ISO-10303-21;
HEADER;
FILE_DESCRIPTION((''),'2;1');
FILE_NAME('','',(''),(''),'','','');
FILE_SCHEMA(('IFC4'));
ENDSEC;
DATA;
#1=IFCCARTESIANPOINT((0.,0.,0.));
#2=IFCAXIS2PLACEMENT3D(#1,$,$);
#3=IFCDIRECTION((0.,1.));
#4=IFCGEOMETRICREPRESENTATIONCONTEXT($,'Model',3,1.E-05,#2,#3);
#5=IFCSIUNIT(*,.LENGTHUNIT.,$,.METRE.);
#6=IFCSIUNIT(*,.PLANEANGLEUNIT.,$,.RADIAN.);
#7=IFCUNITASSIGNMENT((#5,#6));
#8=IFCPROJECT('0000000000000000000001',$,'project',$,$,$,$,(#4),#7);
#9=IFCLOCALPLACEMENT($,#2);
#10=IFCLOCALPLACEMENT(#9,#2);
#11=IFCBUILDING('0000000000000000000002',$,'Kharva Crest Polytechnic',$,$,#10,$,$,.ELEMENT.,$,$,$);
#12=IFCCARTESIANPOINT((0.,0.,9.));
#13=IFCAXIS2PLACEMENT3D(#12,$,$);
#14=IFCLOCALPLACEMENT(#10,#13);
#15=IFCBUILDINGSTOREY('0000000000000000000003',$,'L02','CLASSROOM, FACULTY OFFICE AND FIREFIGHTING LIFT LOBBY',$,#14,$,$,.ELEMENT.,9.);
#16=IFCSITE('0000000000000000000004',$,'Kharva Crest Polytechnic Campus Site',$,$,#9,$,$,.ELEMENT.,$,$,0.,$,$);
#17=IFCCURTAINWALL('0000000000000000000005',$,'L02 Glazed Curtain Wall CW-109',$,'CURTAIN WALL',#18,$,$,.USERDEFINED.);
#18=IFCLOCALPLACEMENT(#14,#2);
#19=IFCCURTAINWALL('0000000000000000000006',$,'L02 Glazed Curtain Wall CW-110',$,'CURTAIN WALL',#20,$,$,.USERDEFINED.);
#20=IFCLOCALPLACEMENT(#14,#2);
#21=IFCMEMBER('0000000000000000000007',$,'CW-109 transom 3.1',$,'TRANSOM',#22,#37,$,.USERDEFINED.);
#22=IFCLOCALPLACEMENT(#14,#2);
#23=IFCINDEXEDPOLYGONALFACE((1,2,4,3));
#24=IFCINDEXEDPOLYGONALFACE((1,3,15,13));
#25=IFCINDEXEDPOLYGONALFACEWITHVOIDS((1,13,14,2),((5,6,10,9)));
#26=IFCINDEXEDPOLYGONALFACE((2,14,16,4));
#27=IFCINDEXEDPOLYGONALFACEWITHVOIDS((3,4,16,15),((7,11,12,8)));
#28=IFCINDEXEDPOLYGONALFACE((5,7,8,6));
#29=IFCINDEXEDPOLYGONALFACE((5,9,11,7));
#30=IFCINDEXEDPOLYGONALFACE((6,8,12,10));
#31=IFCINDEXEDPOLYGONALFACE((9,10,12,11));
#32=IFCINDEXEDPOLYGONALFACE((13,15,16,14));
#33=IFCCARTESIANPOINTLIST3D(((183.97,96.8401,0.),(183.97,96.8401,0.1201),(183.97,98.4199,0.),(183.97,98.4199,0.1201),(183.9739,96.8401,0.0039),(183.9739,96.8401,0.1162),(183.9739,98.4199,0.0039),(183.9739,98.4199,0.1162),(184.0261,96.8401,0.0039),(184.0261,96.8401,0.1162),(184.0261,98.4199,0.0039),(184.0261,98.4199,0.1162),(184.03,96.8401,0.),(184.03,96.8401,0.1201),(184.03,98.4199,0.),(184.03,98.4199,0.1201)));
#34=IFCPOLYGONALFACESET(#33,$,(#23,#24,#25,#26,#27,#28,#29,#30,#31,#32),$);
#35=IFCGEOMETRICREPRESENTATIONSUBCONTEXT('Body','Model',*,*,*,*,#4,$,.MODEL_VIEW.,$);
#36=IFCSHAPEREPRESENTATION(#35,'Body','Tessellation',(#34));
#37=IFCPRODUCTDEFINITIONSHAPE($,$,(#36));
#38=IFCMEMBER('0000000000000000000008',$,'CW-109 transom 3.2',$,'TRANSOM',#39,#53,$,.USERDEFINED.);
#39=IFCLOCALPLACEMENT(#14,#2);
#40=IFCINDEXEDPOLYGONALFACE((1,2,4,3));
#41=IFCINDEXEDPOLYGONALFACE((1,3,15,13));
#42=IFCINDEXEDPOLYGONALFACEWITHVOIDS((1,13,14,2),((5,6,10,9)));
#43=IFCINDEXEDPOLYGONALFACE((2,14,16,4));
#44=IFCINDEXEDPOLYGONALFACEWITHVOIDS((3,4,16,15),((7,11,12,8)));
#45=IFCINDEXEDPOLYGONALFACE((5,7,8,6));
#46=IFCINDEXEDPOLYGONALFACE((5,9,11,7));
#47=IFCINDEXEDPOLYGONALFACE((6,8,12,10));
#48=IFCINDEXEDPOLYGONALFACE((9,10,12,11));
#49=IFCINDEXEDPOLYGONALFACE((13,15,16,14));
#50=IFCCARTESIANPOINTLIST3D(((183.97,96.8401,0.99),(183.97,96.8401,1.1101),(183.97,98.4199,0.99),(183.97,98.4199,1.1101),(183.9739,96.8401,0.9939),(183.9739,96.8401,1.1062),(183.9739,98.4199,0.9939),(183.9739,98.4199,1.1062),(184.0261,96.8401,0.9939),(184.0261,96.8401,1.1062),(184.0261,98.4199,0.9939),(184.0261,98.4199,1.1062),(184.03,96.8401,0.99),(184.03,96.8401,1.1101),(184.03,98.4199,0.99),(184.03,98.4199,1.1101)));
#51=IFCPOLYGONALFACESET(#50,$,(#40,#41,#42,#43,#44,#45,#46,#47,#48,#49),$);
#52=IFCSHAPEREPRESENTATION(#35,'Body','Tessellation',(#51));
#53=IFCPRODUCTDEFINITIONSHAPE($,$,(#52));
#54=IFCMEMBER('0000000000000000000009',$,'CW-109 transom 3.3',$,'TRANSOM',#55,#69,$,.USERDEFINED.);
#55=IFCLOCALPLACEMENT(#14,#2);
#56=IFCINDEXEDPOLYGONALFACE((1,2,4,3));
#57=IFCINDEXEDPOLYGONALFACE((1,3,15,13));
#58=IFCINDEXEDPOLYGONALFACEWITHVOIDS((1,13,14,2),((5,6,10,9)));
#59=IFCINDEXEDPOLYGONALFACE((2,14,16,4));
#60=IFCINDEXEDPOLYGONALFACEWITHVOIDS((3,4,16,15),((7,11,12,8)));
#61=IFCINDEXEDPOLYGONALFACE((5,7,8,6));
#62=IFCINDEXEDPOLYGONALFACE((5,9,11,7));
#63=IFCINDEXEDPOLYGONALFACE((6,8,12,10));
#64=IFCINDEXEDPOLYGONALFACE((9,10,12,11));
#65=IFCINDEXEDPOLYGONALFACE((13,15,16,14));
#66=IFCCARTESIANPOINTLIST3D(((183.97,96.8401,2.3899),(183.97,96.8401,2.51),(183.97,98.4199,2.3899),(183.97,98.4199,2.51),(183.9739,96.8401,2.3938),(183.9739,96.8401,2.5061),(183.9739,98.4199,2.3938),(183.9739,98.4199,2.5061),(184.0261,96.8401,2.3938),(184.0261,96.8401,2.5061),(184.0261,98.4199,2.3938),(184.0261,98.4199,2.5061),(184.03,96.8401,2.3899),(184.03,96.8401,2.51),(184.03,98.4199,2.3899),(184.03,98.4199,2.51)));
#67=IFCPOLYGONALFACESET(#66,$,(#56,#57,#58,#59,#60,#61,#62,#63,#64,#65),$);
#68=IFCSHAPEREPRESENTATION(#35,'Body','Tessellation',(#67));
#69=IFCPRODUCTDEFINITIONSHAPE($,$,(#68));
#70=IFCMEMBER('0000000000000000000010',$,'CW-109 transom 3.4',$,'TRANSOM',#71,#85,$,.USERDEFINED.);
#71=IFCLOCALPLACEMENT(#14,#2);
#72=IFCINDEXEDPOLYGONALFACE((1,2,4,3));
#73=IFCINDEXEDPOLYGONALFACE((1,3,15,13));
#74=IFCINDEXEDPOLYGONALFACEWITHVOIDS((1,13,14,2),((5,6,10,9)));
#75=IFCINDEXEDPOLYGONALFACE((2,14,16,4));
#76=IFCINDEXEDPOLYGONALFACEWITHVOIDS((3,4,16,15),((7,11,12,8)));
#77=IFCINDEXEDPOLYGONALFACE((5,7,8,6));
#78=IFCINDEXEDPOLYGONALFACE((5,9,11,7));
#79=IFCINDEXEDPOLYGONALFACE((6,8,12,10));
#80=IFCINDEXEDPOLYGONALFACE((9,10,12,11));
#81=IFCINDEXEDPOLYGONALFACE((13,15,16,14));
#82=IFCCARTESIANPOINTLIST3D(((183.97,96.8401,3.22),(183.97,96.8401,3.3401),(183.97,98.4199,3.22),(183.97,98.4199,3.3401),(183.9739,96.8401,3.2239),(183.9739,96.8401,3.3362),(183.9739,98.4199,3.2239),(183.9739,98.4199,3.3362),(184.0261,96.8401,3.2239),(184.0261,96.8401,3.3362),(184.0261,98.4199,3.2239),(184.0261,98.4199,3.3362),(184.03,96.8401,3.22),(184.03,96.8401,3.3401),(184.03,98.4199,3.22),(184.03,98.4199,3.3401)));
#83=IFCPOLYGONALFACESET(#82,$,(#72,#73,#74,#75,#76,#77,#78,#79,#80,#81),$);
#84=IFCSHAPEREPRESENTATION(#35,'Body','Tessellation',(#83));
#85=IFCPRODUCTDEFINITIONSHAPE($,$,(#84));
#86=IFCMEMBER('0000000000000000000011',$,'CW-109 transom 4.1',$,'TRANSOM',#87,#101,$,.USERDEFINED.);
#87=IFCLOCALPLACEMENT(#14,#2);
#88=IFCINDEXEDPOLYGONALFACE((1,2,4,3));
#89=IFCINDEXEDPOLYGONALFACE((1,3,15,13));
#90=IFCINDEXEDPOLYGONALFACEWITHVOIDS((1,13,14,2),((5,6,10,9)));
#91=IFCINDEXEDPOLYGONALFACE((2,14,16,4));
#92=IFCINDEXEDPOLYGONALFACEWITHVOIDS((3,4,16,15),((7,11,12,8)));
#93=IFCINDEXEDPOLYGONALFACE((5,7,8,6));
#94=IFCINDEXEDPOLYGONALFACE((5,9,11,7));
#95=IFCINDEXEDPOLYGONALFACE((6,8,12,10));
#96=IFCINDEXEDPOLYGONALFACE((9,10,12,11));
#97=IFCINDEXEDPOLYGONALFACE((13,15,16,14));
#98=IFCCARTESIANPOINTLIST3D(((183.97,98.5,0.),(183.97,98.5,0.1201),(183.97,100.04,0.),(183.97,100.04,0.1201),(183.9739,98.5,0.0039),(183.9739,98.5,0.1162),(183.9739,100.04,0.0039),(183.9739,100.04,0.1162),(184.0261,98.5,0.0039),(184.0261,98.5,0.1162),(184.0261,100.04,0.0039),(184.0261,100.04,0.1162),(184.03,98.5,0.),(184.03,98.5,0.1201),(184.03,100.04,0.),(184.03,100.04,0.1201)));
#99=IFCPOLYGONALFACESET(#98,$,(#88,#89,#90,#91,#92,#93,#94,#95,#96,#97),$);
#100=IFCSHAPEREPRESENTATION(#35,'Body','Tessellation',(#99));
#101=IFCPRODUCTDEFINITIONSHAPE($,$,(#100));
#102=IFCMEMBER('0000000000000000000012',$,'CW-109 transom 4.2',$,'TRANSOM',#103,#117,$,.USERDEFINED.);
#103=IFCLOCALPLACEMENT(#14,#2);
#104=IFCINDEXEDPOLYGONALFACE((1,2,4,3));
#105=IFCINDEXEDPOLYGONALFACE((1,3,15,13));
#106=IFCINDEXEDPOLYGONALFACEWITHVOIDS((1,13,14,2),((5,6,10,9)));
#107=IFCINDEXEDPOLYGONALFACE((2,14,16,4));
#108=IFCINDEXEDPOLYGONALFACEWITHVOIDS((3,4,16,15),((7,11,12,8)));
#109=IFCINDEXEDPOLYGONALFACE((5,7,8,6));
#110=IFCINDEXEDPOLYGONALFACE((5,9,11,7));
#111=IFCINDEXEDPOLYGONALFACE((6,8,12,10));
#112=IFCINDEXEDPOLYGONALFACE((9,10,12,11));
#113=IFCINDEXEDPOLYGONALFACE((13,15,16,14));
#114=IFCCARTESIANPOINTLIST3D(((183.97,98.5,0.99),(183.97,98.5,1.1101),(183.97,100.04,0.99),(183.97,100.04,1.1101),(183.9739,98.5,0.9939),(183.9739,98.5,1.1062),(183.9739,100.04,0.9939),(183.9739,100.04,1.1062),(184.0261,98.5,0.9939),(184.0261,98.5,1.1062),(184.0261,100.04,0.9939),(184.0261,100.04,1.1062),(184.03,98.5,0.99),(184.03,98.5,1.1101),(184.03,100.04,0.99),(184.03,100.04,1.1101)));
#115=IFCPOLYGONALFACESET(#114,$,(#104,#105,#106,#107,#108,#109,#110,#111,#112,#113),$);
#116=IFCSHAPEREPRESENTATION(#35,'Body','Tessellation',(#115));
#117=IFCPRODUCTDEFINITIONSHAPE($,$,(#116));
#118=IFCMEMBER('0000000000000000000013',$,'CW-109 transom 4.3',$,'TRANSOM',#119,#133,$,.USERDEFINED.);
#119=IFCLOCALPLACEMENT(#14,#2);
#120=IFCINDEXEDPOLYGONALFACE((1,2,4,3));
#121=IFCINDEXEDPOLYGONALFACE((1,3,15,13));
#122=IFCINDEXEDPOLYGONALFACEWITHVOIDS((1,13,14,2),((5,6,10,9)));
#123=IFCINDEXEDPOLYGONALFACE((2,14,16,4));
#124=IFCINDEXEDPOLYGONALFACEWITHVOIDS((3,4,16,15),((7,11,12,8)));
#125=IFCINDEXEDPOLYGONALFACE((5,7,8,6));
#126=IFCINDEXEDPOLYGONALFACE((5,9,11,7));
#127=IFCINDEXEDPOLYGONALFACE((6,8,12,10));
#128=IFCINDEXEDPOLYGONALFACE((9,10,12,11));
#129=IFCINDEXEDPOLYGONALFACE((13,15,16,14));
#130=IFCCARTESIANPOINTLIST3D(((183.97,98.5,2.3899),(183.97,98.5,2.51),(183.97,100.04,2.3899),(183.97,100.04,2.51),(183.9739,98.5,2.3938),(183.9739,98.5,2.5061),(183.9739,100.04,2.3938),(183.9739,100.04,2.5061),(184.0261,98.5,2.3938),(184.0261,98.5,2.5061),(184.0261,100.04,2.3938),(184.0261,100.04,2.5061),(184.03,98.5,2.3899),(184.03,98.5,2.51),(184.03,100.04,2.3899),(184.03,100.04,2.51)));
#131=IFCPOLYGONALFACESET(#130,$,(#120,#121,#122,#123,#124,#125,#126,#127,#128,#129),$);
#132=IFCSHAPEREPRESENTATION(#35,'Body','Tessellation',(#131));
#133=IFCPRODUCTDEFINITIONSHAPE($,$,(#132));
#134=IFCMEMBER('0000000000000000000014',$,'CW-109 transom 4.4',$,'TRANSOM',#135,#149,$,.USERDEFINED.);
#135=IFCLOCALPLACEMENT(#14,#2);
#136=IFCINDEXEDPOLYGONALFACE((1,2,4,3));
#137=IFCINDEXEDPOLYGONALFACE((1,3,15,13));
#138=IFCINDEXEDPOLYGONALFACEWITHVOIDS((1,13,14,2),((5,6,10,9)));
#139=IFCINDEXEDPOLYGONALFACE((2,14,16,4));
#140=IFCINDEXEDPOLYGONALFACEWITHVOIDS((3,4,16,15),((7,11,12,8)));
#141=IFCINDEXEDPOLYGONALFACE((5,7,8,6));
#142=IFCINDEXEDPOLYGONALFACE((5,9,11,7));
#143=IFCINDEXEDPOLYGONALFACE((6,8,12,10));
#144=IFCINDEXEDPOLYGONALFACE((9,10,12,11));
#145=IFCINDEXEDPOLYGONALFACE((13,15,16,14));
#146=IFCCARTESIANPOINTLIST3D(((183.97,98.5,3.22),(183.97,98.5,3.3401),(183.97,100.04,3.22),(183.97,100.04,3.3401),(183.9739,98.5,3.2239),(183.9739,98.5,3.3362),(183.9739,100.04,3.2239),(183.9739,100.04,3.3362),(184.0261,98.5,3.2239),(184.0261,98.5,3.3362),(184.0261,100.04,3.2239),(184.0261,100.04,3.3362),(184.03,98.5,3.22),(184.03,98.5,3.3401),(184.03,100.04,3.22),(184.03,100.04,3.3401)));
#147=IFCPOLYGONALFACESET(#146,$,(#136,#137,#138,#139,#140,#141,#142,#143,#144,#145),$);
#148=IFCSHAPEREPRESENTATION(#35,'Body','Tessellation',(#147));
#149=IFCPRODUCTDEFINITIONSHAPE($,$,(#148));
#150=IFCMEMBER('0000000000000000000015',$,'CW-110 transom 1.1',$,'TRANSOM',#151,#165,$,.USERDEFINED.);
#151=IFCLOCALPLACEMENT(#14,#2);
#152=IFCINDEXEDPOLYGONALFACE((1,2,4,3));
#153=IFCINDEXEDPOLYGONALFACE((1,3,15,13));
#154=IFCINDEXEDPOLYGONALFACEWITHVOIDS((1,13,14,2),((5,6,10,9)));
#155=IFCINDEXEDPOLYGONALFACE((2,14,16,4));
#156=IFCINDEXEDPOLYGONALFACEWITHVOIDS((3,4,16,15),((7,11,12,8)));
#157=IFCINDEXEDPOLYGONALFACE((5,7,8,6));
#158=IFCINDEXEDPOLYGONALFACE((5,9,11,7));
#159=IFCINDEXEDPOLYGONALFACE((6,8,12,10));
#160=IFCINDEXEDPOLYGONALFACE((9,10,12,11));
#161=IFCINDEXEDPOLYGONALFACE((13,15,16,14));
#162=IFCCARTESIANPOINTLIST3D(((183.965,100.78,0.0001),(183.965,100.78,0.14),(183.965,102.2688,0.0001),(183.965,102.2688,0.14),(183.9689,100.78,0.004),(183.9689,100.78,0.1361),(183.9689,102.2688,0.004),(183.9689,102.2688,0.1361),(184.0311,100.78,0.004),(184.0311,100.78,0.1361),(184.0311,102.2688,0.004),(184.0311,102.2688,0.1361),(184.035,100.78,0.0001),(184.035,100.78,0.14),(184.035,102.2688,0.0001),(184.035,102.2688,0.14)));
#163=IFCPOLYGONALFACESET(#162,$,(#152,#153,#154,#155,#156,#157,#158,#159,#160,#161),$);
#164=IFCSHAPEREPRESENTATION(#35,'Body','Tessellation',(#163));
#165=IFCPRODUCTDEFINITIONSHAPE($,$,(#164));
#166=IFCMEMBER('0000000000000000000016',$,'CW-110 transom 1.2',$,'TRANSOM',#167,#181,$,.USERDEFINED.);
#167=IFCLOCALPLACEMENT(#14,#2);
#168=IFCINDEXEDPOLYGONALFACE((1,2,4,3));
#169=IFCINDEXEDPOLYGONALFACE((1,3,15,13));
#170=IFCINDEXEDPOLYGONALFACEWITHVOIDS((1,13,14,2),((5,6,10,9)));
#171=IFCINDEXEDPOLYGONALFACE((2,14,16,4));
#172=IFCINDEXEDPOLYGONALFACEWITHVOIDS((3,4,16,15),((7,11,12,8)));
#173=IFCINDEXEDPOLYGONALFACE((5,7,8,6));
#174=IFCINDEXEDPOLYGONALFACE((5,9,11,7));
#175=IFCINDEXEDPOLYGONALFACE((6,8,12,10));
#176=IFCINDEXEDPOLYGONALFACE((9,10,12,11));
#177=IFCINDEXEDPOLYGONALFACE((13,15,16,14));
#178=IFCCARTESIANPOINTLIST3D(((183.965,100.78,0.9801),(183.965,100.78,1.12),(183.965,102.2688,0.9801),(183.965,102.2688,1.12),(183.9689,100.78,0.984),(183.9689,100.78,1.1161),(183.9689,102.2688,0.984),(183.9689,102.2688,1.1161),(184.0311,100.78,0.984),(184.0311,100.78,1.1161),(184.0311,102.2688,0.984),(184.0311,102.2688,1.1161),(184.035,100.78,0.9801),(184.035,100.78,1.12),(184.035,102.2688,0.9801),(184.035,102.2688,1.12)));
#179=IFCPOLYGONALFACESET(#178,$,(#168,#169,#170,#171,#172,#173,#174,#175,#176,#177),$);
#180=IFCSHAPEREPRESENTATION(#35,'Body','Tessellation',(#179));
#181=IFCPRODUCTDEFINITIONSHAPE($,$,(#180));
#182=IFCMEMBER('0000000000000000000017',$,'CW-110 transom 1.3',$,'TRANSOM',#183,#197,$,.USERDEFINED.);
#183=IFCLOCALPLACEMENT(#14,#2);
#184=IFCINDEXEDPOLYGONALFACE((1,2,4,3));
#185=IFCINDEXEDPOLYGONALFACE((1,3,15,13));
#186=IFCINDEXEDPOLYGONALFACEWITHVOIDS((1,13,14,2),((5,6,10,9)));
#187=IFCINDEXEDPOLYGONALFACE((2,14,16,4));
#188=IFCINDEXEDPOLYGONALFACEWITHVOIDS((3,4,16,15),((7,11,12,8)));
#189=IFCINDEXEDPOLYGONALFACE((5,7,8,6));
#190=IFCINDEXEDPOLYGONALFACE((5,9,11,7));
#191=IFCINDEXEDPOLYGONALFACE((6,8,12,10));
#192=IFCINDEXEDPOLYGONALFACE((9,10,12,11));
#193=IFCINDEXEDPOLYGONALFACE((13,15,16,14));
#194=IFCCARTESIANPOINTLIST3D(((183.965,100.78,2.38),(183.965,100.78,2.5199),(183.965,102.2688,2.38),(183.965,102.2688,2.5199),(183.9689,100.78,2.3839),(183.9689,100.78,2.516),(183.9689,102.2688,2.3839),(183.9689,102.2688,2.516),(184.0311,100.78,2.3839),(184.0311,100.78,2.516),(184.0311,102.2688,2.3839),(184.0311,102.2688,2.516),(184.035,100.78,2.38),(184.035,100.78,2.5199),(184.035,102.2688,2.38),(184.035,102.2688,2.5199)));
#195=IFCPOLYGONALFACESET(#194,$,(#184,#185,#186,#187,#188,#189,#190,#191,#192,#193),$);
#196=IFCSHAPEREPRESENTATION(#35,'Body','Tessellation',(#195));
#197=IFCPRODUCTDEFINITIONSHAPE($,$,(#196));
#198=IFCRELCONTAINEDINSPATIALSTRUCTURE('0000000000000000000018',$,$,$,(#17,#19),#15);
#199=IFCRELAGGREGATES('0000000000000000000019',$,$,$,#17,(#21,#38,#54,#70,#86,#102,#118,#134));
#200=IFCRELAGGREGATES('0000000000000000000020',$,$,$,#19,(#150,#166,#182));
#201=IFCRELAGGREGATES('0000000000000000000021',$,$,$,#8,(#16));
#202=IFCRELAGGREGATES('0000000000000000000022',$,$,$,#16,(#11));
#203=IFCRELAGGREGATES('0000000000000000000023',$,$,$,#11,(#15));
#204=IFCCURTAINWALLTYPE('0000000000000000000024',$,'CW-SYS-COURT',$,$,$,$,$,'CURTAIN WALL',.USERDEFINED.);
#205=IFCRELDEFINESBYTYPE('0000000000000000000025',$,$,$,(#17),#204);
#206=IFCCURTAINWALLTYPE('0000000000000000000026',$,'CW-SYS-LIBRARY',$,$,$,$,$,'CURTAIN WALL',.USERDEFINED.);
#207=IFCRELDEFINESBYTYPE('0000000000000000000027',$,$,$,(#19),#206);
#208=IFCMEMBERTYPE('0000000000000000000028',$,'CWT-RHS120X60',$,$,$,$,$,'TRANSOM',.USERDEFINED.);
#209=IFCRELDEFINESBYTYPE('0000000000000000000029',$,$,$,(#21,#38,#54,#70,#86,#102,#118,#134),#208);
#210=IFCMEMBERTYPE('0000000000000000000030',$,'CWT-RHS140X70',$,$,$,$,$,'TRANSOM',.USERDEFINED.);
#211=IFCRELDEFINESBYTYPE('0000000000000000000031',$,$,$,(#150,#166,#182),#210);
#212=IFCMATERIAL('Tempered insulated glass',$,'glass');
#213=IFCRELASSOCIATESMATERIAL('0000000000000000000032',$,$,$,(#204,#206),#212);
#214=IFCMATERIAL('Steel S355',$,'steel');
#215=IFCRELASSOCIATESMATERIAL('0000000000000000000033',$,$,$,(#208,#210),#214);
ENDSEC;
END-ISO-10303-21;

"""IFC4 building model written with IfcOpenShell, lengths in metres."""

from ifc_helpers import new_model, si_unit, direction, frame, origin, origin_2d, place, context, subcontext, project, spatial, hollow_rectangle, extrude, material, material_profile, profile_set, type_object, element, aggregate, save


model = new_model("IFC4")

# Units and contexts
model_context = context("Model", 3, precision=1e-05, world=origin(), true_north=direction((0.0, 1.0)))
body_context = subcontext(model_context, "Body", "Model", "MODEL_VIEW")
ifc_project = project(units=[si_unit("LENGTHUNIT", "METRE"), si_unit("PLANEANGLEUNIT", "RADIAN")], contexts=[model_context])

# Site, building, storey
site_placement = place(None, origin())
site = spatial("IfcSite", under=ifc_project, at=site_placement, Name="Kharva Crest Polytechnic Campus Site", CompositionType="ELEMENT", RefElevation=0.0)
building_placement = place(site_placement, origin())
building = spatial("IfcBuilding", under=site, at=building_placement, Name="Kharva Crest Polytechnic", CompositionType="ELEMENT")
storey_placement = place(building_placement, frame((0.0, 0.0, 9.0)))
storey = spatial("IfcBuildingStorey", under=building, at=storey_placement, Name="L02", Description="CLASSROOM, FACULTY OFFICE AND FIREFIGHTING LIFT LOBBY", CompositionType="ELEMENT", Elevation=9.0)

# Curtain walls
ifc_material_1 = material(Name="Tempered insulated glass", Category="glass")
curtain_wall_type_1 = type_object("IfcCurtainWallType", Name="CW-SYS-COURT", ElementType="CURTAIN WALL", PredefinedType="USERDEFINED", material=ifc_material_1)
curtain_wall_1_placement = place(storey_placement, origin())
curtain_wall_1 = element("IfcCurtainWall", 1, at=curtain_wall_1_placement, inside=storey, type_object=curtain_wall_type_1, Name="L02 Glazed Curtain Wall CW-109", ObjectType="CURTAIN WALL", PredefinedType="USERDEFINED")
ifc_material_2 = material(Name="Steel S355", Category="steel")
curtain_wall_type_2 = type_object("IfcCurtainWallType", Name="CW-SYS-LIBRARY", ElementType="CURTAIN WALL", PredefinedType="USERDEFINED", material=ifc_material_1)
curtain_wall_2_placement = place(storey_placement, origin())
curtain_wall_2 = element("IfcCurtainWall", 2, at=curtain_wall_2_placement, inside=storey, type_object=curtain_wall_type_2, Name="L02 Glazed Curtain Wall CW-110", ObjectType="CURTAIN WALL", PredefinedType="USERDEFINED")

# Members
ifc_material_profile_1 = material_profile(ifc_material_2, hollow_rectangle(XDim=0.0601, YDim=0.1201, WallThickness=0.0039, at=origin_2d()), Name="RHS 120X60X4.0")
ifc_profile_set_1 = profile_set([ifc_material_profile_1], Name="Steel S355")
member_type_1 = type_object("IfcMemberType", Name="CWT-RHS120X60", ElementType="TRANSOM", PredefinedType="USERDEFINED", material=ifc_profile_set_1)
member_1_placement = place(storey_placement, frame((184.0, 96.8401, 0.0601), z_axis=(0.0, 1.0, 0.0), x_axis=(-1.0, 0.0, 0.0)))
member_1 = element("IfcMember", 3, at=member_1_placement, type_object=member_type_1, Name="CW-109 transom 3.1", ObjectType="TRANSOM", PredefinedType="USERDEFINED", context=body_context, shape_type="SweptSolid", body=[
    extrude(hollow_rectangle(XDim=0.0601, YDim=0.1201, WallThickness=0.0039, at=origin_2d()), origin(), (0.0, 0.0, 1.0), 1.5798),
])
member_2_placement = place(storey_placement, frame((184.0, 96.8401, 1.05), z_axis=(0.0, 1.0, 0.0), x_axis=(-1.0, 0.0, 0.0)))
member_2 = element("IfcMember", 4, at=member_2_placement, type_object=member_type_1, Name="CW-109 transom 3.2", ObjectType="TRANSOM", PredefinedType="USERDEFINED", context=body_context, shape_type="SweptSolid", body=[
    extrude(hollow_rectangle(XDim=0.0601, YDim=0.1201, WallThickness=0.0039, at=origin_2d()), origin(), (0.0, 0.0, 1.0), 1.5798),
])
member_3_placement = place(storey_placement, frame((184.0, 96.8401, 2.45), z_axis=(0.0, 1.0, 0.0), x_axis=(-1.0, 0.0, 0.0)))
member_3 = element("IfcMember", 5, at=member_3_placement, type_object=member_type_1, Name="CW-109 transom 3.3", ObjectType="TRANSOM", PredefinedType="USERDEFINED", context=body_context, shape_type="SweptSolid", body=[
    extrude(hollow_rectangle(XDim=0.0601, YDim=0.1201, WallThickness=0.0039, at=origin_2d()), origin(), (0.0, 0.0, 1.0), 1.5798),
])
member_4_placement = place(storey_placement, frame((184.0, 96.8401, 3.28), z_axis=(0.0, 1.0, 0.0), x_axis=(-1.0, 0.0, 0.0)))
member_4 = element("IfcMember", 6, at=member_4_placement, type_object=member_type_1, Name="CW-109 transom 3.4", ObjectType="TRANSOM", PredefinedType="USERDEFINED", context=body_context, shape_type="SweptSolid", body=[
    extrude(hollow_rectangle(XDim=0.0601, YDim=0.1201, WallThickness=0.0039, at=origin_2d()), origin(), (0.0, 0.0, 1.0), 1.5798),
])
member_5_placement = place(storey_placement, frame((184.0, 98.5, 0.0601), z_axis=(0.0, 1.0, 0.0), x_axis=(-1.0, 0.0, 0.0)))
member_5 = element("IfcMember", 7, at=member_5_placement, type_object=member_type_1, Name="CW-109 transom 4.1", ObjectType="TRANSOM", PredefinedType="USERDEFINED", context=body_context, shape_type="SweptSolid", body=[
    extrude(hollow_rectangle(XDim=0.0601, YDim=0.1201, WallThickness=0.0039, at=origin_2d()), origin(), (0.0, 0.0, 1.0), 1.54),
])
member_6_placement = place(storey_placement, frame((184.0, 98.5, 1.05), z_axis=(0.0, 1.0, 0.0), x_axis=(-1.0, 0.0, 0.0)))
member_6 = element("IfcMember", 8, at=member_6_placement, type_object=member_type_1, Name="CW-109 transom 4.2", ObjectType="TRANSOM", PredefinedType="USERDEFINED", context=body_context, shape_type="SweptSolid", body=[
    extrude(hollow_rectangle(XDim=0.0601, YDim=0.1201, WallThickness=0.0039, at=origin_2d()), origin(), (0.0, 0.0, 1.0), 1.54),
])
member_7_placement = place(storey_placement, frame((184.0, 98.5, 2.45), z_axis=(0.0, 1.0, 0.0), x_axis=(-1.0, 0.0, 0.0)))
member_7 = element("IfcMember", 9, at=member_7_placement, type_object=member_type_1, Name="CW-109 transom 4.3", ObjectType="TRANSOM", PredefinedType="USERDEFINED", context=body_context, shape_type="SweptSolid", body=[
    extrude(hollow_rectangle(XDim=0.0601, YDim=0.1201, WallThickness=0.0039, at=origin_2d()), origin(), (0.0, 0.0, 1.0), 1.54),
])
member_8_placement = place(storey_placement, frame((184.0, 98.5, 3.28), z_axis=(0.0, 1.0, 0.0), x_axis=(-1.0, 0.0, 0.0)))
member_8 = element("IfcMember", 10, at=member_8_placement, type_object=member_type_1, Name="CW-109 transom 4.4", ObjectType="TRANSOM", PredefinedType="USERDEFINED", context=body_context, shape_type="SweptSolid", body=[
    extrude(hollow_rectangle(XDim=0.0601, YDim=0.1201, WallThickness=0.0039, at=origin_2d()), origin(), (0.0, 0.0, 1.0), 1.54),
])
ifc_material_profile_2 = material_profile(ifc_material_2, hollow_rectangle(XDim=0.0701, YDim=0.1399, WallThickness=0.0039, at=origin_2d()), Name="RHS 140X70X4.0")
ifc_profile_set_2 = profile_set([ifc_material_profile_2], Name="Steel S355")
member_type_2 = type_object("IfcMemberType", Name="CWT-RHS140X70", ElementType="TRANSOM", PredefinedType="USERDEFINED", material=ifc_profile_set_2)
member_9_placement = place(storey_placement, frame((184.0, 100.78, 0.0701), z_axis=(0.0, 1.0, 0.0), x_axis=(-1.0, 0.0, 0.0)))
member_9 = element("IfcMember", 11, at=member_9_placement, type_object=member_type_2, Name="CW-110 transom 1.1", ObjectType="TRANSOM", PredefinedType="USERDEFINED", context=body_context, shape_type="SweptSolid", body=[
    extrude(hollow_rectangle(XDim=0.0701, YDim=0.1399, WallThickness=0.0039, at=origin_2d()), origin(), (0.0, 0.0, 1.0), 1.4888),
])
member_10_placement = place(storey_placement, frame((184.0, 100.78, 1.05), z_axis=(0.0, 1.0, 0.0), x_axis=(-1.0, 0.0, 0.0)))
member_10 = element("IfcMember", 12, at=member_10_placement, type_object=member_type_2, Name="CW-110 transom 1.2", ObjectType="TRANSOM", PredefinedType="USERDEFINED", context=body_context, shape_type="SweptSolid", body=[
    extrude(hollow_rectangle(XDim=0.0701, YDim=0.1399, WallThickness=0.0039, at=origin_2d()), origin(), (0.0, 0.0, 1.0), 1.4888),
])
member_11_placement = place(storey_placement, frame((184.0, 100.78, 2.45), z_axis=(0.0, 1.0, 0.0), x_axis=(-1.0, 0.0, 0.0)))
member_11 = element("IfcMember", 13, at=member_11_placement, type_object=member_type_2, Name="CW-110 transom 1.3", ObjectType="TRANSOM", PredefinedType="USERDEFINED", context=body_context, shape_type="SweptSolid", body=[
    extrude(hollow_rectangle(XDim=0.0701, YDim=0.1399, WallThickness=0.0039, at=origin_2d()), origin(), (0.0, 0.0, 1.0), 1.4888),
])

aggregate(curtain_wall_1, [member_1, member_2, member_3, member_4, member_5, member_6, member_7, member_8])
aggregate(curtain_wall_2, [member_9, member_10, member_11])

save(model, "model.ifc")
